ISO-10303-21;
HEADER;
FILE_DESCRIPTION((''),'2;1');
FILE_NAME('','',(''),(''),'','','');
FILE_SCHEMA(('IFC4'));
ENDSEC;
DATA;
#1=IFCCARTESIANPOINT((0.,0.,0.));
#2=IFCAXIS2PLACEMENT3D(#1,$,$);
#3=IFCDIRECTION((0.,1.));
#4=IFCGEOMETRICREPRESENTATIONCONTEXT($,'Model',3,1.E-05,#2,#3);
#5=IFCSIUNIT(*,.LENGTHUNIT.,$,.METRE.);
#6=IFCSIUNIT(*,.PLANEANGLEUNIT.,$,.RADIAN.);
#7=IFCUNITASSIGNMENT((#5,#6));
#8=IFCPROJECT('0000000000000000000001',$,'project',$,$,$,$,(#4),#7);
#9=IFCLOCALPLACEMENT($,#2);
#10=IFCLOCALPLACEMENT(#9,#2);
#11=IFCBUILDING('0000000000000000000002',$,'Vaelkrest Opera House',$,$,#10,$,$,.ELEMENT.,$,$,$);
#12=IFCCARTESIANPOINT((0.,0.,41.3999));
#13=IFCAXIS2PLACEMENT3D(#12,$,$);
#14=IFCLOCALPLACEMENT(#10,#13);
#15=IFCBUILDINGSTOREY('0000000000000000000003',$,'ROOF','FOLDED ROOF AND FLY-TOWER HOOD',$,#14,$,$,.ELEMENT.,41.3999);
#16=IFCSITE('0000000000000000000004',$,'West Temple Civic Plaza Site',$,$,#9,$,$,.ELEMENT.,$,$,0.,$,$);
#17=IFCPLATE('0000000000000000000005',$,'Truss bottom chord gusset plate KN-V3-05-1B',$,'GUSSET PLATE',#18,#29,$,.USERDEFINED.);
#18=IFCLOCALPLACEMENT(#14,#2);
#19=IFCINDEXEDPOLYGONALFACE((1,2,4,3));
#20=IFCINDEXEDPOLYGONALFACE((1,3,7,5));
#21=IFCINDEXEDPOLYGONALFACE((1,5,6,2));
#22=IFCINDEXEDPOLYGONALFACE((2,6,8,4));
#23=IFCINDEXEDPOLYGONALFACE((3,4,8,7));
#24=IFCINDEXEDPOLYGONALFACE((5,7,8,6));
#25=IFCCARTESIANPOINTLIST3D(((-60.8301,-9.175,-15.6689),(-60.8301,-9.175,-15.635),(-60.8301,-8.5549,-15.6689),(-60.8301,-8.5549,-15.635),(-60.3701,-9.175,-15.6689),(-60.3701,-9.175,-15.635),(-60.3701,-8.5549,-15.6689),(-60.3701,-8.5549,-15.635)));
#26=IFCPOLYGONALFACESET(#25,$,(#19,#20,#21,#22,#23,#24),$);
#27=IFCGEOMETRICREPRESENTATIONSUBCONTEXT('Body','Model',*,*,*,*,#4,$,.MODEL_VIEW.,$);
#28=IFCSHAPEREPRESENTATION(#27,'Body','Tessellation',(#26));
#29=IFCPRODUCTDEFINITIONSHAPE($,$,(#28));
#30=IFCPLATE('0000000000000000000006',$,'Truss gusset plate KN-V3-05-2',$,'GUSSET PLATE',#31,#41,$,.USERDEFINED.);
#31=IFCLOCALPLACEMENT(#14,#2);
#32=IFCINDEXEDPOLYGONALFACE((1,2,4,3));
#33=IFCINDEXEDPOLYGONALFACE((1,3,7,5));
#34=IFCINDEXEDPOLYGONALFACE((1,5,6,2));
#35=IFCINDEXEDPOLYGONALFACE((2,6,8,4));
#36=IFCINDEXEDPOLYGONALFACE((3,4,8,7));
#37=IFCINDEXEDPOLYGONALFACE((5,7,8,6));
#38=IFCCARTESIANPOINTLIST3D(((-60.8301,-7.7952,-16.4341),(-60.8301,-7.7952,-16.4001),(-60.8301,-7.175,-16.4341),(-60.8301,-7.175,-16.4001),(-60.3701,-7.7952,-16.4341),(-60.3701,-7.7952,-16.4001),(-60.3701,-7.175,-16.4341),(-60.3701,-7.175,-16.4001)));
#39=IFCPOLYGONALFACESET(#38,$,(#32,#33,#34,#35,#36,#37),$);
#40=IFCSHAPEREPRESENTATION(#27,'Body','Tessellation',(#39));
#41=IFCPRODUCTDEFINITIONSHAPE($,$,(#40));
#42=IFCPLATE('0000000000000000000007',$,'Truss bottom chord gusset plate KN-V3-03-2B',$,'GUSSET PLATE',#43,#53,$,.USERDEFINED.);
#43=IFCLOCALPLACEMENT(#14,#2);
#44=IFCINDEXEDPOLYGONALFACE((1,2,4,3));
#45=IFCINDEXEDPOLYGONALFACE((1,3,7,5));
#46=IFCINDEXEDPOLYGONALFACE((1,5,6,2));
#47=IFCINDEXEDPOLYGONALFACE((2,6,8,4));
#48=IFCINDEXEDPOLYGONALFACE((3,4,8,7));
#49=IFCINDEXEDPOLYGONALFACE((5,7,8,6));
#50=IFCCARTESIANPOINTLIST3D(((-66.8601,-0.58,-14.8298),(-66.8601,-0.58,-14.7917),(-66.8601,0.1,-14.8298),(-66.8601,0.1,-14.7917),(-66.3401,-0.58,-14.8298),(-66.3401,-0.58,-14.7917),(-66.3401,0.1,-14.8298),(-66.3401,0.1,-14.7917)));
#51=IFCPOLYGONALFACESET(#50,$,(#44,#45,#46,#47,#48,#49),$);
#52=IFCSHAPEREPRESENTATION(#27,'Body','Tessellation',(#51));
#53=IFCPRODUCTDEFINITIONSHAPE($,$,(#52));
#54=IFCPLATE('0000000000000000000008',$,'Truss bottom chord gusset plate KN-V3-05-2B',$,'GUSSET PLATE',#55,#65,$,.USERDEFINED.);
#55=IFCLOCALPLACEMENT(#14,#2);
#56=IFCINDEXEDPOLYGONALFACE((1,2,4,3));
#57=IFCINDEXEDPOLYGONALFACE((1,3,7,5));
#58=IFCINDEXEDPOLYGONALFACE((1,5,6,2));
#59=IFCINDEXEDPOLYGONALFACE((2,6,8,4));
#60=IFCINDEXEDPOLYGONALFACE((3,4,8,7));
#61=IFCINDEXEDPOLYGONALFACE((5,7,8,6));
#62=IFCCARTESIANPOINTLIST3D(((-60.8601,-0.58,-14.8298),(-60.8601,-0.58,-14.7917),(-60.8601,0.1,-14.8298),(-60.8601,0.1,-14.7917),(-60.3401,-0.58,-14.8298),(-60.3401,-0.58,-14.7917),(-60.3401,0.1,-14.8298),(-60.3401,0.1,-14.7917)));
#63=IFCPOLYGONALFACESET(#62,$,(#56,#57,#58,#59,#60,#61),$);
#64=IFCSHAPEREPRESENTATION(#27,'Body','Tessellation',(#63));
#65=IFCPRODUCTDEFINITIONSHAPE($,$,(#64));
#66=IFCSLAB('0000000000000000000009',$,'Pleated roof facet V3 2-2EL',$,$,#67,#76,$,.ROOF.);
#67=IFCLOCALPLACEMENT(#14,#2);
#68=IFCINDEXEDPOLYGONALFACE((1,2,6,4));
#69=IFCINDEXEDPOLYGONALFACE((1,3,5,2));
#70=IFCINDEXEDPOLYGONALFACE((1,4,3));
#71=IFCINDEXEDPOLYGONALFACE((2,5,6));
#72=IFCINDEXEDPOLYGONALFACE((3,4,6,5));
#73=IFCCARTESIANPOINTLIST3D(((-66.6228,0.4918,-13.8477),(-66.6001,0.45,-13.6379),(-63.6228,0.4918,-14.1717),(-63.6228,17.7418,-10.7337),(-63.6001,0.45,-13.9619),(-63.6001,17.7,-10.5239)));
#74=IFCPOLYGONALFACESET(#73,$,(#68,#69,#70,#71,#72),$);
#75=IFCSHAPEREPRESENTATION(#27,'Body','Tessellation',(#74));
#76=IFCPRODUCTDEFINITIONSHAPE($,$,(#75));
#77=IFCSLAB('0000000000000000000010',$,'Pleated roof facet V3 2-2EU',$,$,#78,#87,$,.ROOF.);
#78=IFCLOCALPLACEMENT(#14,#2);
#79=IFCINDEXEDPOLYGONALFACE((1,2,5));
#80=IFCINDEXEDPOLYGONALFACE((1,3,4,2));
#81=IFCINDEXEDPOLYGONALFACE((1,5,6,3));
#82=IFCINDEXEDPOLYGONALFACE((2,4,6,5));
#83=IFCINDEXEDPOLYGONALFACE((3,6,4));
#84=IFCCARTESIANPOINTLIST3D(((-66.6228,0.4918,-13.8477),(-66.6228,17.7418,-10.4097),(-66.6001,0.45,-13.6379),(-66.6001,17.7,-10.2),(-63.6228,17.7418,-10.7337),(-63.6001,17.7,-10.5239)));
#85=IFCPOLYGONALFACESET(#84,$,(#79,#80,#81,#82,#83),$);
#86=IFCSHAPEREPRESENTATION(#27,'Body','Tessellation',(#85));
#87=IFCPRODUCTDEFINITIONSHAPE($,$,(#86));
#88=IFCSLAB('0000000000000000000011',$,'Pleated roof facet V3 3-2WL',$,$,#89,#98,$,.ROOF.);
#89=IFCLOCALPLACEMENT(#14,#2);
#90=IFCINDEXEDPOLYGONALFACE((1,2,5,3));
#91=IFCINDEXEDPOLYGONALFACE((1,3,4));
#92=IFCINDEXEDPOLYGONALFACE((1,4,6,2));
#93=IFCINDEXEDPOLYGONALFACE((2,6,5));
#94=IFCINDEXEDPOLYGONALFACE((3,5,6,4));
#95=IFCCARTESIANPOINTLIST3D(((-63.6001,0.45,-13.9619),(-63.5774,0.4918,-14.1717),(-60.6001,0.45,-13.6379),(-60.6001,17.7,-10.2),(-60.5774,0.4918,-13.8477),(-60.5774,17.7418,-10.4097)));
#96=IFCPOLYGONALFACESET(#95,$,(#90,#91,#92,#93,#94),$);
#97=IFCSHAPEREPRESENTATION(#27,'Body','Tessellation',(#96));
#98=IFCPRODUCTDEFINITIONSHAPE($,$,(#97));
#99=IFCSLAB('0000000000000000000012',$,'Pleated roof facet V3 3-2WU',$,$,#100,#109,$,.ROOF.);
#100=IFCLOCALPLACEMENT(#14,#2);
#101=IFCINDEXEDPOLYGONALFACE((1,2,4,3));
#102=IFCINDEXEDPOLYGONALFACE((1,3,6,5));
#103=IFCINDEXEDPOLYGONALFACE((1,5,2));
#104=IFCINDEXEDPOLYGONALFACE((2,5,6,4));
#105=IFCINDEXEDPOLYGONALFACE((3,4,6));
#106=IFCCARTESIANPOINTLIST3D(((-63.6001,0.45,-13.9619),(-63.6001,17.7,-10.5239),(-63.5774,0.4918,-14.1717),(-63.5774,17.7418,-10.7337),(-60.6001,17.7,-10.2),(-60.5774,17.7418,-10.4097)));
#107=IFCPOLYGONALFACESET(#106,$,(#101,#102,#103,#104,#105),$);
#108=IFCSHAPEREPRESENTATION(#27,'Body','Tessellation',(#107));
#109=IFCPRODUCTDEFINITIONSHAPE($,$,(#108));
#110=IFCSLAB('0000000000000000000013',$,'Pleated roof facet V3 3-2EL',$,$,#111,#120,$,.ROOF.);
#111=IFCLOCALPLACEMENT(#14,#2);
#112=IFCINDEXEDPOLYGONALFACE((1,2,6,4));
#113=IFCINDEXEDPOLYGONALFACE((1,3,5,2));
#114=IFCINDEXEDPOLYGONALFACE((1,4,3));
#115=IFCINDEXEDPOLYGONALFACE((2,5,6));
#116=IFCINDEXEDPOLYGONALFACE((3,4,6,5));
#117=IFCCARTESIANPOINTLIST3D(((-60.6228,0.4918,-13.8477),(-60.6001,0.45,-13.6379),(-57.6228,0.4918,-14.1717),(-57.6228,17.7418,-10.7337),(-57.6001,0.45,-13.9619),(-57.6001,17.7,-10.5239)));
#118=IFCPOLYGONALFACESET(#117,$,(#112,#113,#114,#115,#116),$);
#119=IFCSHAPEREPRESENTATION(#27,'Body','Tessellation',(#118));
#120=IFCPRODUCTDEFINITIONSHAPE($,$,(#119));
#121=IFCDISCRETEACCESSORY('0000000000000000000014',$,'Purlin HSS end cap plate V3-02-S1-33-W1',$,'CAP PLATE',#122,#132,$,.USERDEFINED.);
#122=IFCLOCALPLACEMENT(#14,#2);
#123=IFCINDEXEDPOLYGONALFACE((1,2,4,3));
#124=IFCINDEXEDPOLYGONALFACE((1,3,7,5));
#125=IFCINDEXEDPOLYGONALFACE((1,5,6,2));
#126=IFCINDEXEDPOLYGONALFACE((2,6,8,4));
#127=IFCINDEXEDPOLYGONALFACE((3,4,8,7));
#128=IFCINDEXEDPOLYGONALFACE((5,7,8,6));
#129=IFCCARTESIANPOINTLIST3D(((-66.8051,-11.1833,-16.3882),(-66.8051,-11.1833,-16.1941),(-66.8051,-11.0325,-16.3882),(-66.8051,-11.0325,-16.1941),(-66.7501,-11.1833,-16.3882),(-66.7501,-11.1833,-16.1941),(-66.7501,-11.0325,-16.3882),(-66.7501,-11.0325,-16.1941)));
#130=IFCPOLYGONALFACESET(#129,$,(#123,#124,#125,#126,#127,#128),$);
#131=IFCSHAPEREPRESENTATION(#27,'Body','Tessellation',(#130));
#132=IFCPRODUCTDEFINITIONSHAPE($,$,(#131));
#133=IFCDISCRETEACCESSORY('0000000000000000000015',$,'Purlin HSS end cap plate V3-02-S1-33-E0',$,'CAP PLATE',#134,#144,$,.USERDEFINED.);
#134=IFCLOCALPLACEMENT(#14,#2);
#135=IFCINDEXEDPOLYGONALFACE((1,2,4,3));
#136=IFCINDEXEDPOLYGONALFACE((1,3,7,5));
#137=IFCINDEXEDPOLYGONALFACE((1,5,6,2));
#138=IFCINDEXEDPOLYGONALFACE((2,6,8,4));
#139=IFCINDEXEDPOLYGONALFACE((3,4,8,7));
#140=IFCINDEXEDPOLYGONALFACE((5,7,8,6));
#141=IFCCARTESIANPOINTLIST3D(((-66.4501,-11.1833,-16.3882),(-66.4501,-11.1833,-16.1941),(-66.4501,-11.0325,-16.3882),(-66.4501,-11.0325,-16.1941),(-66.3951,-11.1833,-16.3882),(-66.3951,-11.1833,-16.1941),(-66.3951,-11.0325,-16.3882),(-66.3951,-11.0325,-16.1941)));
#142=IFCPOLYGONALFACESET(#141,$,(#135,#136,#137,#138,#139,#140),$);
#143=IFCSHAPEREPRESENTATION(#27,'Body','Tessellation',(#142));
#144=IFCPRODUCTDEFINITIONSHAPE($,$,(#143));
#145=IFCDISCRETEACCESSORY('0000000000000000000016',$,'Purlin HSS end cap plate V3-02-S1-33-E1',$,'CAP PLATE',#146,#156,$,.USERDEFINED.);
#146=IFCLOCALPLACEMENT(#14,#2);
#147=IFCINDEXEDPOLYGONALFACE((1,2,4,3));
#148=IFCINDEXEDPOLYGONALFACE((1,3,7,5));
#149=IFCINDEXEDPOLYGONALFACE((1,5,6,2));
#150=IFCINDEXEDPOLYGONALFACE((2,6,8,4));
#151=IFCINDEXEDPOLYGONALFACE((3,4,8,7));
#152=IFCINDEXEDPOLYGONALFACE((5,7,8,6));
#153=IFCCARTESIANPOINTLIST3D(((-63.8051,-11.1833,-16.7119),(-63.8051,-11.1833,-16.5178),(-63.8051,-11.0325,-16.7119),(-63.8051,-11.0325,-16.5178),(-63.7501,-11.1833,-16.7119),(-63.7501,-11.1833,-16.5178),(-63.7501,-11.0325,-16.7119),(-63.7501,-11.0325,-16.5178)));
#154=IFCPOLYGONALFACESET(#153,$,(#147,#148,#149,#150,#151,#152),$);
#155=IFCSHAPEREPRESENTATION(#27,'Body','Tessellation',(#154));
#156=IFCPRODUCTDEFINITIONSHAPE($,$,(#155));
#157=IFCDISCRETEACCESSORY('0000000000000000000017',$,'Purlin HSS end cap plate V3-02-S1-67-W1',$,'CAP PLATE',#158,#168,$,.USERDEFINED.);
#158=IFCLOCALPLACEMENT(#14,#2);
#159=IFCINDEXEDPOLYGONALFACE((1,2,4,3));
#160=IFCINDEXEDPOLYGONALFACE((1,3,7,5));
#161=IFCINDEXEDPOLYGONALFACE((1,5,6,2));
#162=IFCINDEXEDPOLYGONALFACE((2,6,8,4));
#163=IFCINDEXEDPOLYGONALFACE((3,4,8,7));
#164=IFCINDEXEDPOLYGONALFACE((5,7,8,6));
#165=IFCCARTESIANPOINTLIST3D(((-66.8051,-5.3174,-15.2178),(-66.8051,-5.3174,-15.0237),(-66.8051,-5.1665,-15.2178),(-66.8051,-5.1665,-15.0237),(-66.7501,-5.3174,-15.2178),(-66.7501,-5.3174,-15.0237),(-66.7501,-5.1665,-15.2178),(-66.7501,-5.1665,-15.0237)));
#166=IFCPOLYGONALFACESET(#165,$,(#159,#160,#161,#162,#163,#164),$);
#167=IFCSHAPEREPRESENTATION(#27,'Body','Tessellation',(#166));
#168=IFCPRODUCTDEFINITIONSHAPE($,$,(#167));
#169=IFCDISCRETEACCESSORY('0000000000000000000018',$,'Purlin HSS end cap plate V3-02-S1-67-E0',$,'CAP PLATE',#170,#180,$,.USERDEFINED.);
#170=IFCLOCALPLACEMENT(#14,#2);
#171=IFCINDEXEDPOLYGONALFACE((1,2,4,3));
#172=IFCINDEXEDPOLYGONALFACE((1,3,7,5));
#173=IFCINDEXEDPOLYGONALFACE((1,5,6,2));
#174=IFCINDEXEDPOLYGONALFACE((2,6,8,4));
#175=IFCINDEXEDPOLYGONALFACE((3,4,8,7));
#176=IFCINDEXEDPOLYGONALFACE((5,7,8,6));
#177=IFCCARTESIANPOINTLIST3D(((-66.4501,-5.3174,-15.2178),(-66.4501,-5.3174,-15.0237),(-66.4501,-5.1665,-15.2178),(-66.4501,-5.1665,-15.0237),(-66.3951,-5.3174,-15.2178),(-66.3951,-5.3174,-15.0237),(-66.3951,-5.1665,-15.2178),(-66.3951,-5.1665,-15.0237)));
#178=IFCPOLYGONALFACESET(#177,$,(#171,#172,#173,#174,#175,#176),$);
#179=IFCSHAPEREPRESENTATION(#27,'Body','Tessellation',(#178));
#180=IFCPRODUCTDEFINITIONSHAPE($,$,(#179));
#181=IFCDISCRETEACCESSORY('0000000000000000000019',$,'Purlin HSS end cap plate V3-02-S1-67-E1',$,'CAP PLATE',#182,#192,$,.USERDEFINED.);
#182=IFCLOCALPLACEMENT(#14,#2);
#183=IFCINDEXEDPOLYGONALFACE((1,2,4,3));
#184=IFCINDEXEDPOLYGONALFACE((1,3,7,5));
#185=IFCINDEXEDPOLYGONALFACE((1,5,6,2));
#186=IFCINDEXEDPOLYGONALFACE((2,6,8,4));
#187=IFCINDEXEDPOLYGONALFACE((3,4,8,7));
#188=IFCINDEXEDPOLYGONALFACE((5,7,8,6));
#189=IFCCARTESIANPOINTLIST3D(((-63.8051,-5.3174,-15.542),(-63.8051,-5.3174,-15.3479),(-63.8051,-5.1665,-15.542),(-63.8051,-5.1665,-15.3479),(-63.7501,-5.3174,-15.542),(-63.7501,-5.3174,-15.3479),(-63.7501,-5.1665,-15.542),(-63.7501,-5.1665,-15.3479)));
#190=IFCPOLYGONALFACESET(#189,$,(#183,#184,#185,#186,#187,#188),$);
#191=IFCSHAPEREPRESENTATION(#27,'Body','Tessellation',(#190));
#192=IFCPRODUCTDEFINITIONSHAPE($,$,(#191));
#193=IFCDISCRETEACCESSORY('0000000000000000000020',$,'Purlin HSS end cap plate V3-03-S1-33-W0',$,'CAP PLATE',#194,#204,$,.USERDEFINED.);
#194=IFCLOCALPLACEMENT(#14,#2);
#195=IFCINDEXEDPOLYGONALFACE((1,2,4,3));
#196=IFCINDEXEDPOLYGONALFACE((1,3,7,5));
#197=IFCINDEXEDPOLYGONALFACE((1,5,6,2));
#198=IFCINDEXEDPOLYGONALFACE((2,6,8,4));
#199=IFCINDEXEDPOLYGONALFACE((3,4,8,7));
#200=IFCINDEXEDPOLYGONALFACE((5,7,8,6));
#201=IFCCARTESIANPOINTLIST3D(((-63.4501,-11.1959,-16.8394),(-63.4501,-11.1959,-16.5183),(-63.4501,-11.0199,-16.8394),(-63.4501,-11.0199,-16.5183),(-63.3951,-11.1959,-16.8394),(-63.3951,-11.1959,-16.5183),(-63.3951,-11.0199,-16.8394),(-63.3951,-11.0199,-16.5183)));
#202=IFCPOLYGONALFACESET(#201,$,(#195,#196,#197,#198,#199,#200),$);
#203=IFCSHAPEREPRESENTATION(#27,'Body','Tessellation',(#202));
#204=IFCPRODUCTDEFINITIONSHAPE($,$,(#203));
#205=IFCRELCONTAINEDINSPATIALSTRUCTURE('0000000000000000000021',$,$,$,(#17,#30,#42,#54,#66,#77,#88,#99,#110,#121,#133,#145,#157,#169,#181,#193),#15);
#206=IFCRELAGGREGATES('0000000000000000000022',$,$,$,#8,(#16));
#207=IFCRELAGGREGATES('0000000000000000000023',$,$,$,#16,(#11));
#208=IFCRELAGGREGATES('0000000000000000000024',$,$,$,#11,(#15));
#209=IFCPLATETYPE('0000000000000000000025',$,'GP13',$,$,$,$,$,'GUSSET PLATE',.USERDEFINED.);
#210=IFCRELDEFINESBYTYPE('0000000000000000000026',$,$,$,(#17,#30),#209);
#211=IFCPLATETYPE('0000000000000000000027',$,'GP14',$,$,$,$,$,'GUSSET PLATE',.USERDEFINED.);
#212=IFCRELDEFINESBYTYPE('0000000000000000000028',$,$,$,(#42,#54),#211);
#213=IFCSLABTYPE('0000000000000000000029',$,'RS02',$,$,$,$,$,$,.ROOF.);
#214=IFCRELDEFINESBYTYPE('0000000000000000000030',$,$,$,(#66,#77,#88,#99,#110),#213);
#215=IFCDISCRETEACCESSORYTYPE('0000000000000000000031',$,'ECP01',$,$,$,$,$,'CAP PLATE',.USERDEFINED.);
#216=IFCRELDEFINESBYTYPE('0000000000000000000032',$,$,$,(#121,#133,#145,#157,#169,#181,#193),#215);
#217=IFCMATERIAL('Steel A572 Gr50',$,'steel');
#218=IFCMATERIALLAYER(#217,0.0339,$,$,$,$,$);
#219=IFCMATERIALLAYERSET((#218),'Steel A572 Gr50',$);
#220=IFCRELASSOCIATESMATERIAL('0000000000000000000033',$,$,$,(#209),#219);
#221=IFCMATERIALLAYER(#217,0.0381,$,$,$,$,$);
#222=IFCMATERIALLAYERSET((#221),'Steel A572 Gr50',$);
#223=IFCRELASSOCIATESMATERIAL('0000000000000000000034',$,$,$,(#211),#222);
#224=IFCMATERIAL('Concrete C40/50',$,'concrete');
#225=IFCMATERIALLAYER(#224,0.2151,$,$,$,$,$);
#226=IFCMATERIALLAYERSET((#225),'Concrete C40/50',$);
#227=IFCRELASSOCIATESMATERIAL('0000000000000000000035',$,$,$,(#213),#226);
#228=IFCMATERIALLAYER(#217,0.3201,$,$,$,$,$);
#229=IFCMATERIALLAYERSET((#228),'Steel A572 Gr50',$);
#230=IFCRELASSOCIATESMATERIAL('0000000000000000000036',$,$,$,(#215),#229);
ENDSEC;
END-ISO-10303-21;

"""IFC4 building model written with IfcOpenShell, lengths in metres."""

from ifc_helpers import new_model, si_unit, direction, frame, origin, origin_2d, place, context, subcontext, project, spatial, polyline, rectangle, outline, extrude, material, layer, layer_set, type_object, element, save


model = new_model("IFC4")

# Units and contexts
model_context = context("Model", 3, precision=1e-05, world=origin(), true_north=direction((0.0, 1.0)))
body_context = subcontext(model_context, "Body", "Model", "MODEL_VIEW")
ifc_project = project(units=[si_unit("LENGTHUNIT", "METRE"), si_unit("PLANEANGLEUNIT", "RADIAN")], contexts=[model_context])

# Site, building, storey
site_placement = place(None, origin())
site = spatial("IfcSite", under=ifc_project, at=site_placement, Name="West Temple Civic Plaza Site", CompositionType="ELEMENT", RefElevation=0.0)
building_placement = place(site_placement, origin())
building = spatial("IfcBuilding", under=site, at=building_placement, Name="Vaelkrest Opera House", CompositionType="ELEMENT")
storey_placement = place(building_placement, frame((0.0, 0.0, 41.3999)))
storey = spatial("IfcBuildingStorey", under=building, at=storey_placement, Name="ROOF", Description="FOLDED ROOF AND FLY-TOWER HOOD", CompositionType="ELEMENT", Elevation=41.3999)

# Plates
ifc_material_1 = material(Name="Steel A572 Gr50", Category="steel")
ifc_layer_1 = layer(ifc_material_1, 0.0339)
ifc_layer_set_1 = layer_set([ifc_layer_1], Name="Steel A572 Gr50")
plate_type_1 = type_object("IfcPlateType", Name="GP13", ElementType="GUSSET PLATE", PredefinedType="USERDEFINED", material=ifc_layer_set_1)
for number, where, z_axis, x_axis, name in (
    (1, (-60.6001, -8.865, -15.6689), (0.0, 0.0, 1.0), (0.0, 1.0, 0.0), "Truss bottom chord gusset plate KN-V3-05-1B"),
    (2, (-60.6001, -7.4851, -16.4341), (0.0, 0.0, 1.0), (0.0, 1.0, 0.0), "Truss gusset plate KN-V3-05-2"),
):
    element("IfcPlate", number, at=place(storey_placement, frame(where, z_axis=z_axis, x_axis=x_axis)), inside=storey, type_object=plate_type_1, Name=name, ObjectType="GUSSET PLATE", PredefinedType="USERDEFINED", context=body_context, shape_type="SweptSolid", body=[
        extrude(rectangle(XDim=0.6201, YDim=0.46, at=origin_2d()), origin(), (0.0, 0.0, 1.0), 0.0339),
    ])
ifc_layer_2 = layer(ifc_material_1, 0.0381)
ifc_layer_set_2 = layer_set([ifc_layer_2], Name="Steel A572 Gr50")
plate_type_2 = type_object("IfcPlateType", Name="GP14", ElementType="GUSSET PLATE", PredefinedType="USERDEFINED", material=ifc_layer_set_2)
for number, where, z_axis, x_axis, name in (
    (3, (-66.6001, -0.24, -14.8298), (0.0, 0.0, 1.0), (0.0, 1.0, 0.0), "Truss bottom chord gusset plate KN-V3-03-2B"),
    (4, (-60.6001, -0.24, -14.8298), (0.0, 0.0, 1.0), (0.0, 1.0, 0.0), "Truss bottom chord gusset plate KN-V3-05-2B"),
):
    element("IfcPlate", number, at=place(storey_placement, frame(where, z_axis=z_axis, x_axis=x_axis)), inside=storey, type_object=plate_type_2, Name=name, ObjectType="GUSSET PLATE", PredefinedType="USERDEFINED", context=body_context, shape_type="SweptSolid", body=[
        extrude(rectangle(XDim=0.6799, YDim=0.52, at=origin_2d()), origin(), (0.0, 0.0, 1.0), 0.0381),
    ])

# Slabs
ifc_material_2 = material(Name="Concrete C40/50", Category="concrete")
ifc_layer_3 = layer(ifc_material_2, 0.2151)
ifc_layer_set_3 = layer_set([ifc_layer_3], Name="Concrete C40/50")
slab_type = type_object("IfcSlabType", Name="RS02", PredefinedType="ROOF", material=ifc_layer_set_3)
slab_1_placement = place(storey_placement, frame((-66.6001, 0.45, -13.6379), z_axis=(0.10532, -0.194372, 0.975257), x_axis=(0.994219, 0.0, -0.107367)))
element("IfcSlab", 5, at=slab_1_placement, inside=storey, type_object=slab_type, Name="Pleated roof facet V3 2-2EL", PredefinedType="ROOF", context=body_context, shape_type="SweptSolid", body=[
    extrude(outline(polyline([(0.0, 0.0), (3.0174, 0.0), (2.6483, 17.5854), (0.0, 0.0)])), origin(), (0.0, 0.0, -1.0), 0.2151),
])
slab_2_placement = place(storey_placement, frame((-66.6001, 0.45, -13.6379), z_axis=(0.10532, -0.194372, 0.975257), x_axis=(0.168694, 0.96999, 0.175105)))
element("IfcSlab", 6, at=slab_2_placement, inside=storey, type_object=slab_type, Name="Pleated roof facet V3 2-2EU", PredefinedType="ROOF", context=body_context, shape_type="SweptSolid", body=[
    extrude(outline(polyline([(0.0, 0.0), (17.7837, 0.0), (17.3343, 2.9838), (0.0, 0.0)])), origin(), (0.0, 0.0, -1.0), 0.2151),
])
slab_3_placement = place(storey_placement, frame((-63.6001, 0.45, -13.9619), z_axis=(-0.10532, -0.194372, 0.975257), x_axis=(0.994219, 0.0, 0.107367)))
element("IfcSlab", 7, at=slab_3_placement, inside=storey, type_object=slab_type, Name="Pleated roof facet V3 3-2WL", PredefinedType="ROOF", context=body_context, shape_type="SweptSolid", body=[
    extrude(outline(polyline([(0.0, 0.0), (3.0174, 0.0), (3.3866, 17.5854), (0.0, 0.0)])), origin(), (0.0, 0.0, -1.0), 0.2151),
])
slab_4_placement = place(storey_placement, frame((-63.6001, 0.45, -13.9619), z_axis=(-0.10532, -0.194372, 0.975257), x_axis=(0.167518, 0.963229, 0.210066)))
element("IfcSlab", 8, at=slab_4_placement, inside=storey, type_object=slab_type, Name="Pleated roof facet V3 3-2WU", PredefinedType="ROOF", context=body_context, shape_type="SweptSolid", body=[
    extrude(outline(polyline([(0.0, 0.0), (17.9085, 0.0), (17.3379, 2.963), (0.0, 0.0)])), origin(), (0.0, 0.0, -1.0), 0.2151),
])
slab_5_placement = place(storey_placement, frame((-60.6001, 0.45, -13.6379), z_axis=(0.10532, -0.194372, 0.975257), x_axis=(0.994219, 0.0, -0.107367)))
element("IfcSlab", 9, at=slab_5_placement, inside=storey, type_object=slab_type, Name="Pleated roof facet V3 3-2EL", PredefinedType="ROOF", context=body_context, shape_type="SweptSolid", body=[
    extrude(outline(polyline([(0.0, 0.0), (3.0174, 0.0), (2.6483, 17.5854), (0.0, 0.0)])), origin(), (0.0, 0.0, -1.0), 0.2151),
])

# Discrete accessories
ifc_layer_4 = layer(ifc_material_1, 0.3201)
ifc_layer_set_4 = layer_set([ifc_layer_4], Name="Steel A572 Gr50")
discrete_accessory_type = type_object("IfcDiscreteAccessoryType", Name="ECP01", ElementType="CAP PLATE", PredefinedType="USERDEFINED", material=ifc_layer_set_4)
for number, where, z_axis, x_axis, name in (
    (10, (-66.7776, -11.1079, -16.3882), (0.0, 0.0, 1.0), (1.0, 0.0, 0.0), "Purlin HSS end cap plate V3-02-S1-33-W1"),
    (11, (-66.4226, -11.1079, -16.3882), (0.0, 0.0, 1.0), (1.0, 0.0, 0.0), "Purlin HSS end cap plate V3-02-S1-33-E0"),
    (12, (-63.7776, -11.1079, -16.7119), (0.0, 0.0, 1.0), (1.0, 0.0, 0.0), "Purlin HSS end cap plate V3-02-S1-33-E1"),
    (13, (-66.7776, -5.2419, -15.2178), (0.0, 0.0, 1.0), (1.0, 0.0, 0.0), "Purlin HSS end cap plate V3-02-S1-67-W1"),
    (14, (-66.4226, -5.2419, -15.2178), (0.0, 0.0, 1.0), (1.0, 0.0, 0.0), "Purlin HSS end cap plate V3-02-S1-67-E0"),
    (15, (-63.7776, -5.2419, -15.542), (0.0, 0.0, 1.0), (1.0, 0.0, 0.0), "Purlin HSS end cap plate V3-02-S1-67-E1"),
):
    element("IfcDiscreteAccessory", number, at=place(storey_placement, frame(where, z_axis=z_axis, x_axis=x_axis)), inside=storey, type_object=discrete_accessory_type, Name=name, ObjectType="CAP PLATE", PredefinedType="USERDEFINED", context=body_context, shape_type="SweptSolid", body=[
        extrude(rectangle(XDim=0.0549, YDim=0.1509, at=origin_2d()), origin(), (0.0, 0.0, 1.0), 0.1941),
    ])
for number, where, z_axis, x_axis, name in (
    (16, (-63.4226, -11.1079, -16.8394), (0.0, 0.0, 1.0), (1.0, 0.0, 0.0), "Purlin HSS end cap plate V3-03-S1-33-W0"),
):
    element("IfcDiscreteAccessory", number, at=place(storey_placement, frame(where, z_axis=z_axis, x_axis=x_axis)), inside=storey, type_object=discrete_accessory_type, Name=name, ObjectType="CAP PLATE", PredefinedType="USERDEFINED", context=body_context, shape_type="SweptSolid", body=[
        extrude(rectangle(XDim=0.0549, YDim=0.176, at=origin_2d()), origin(), (0.0, 0.0, 1.0), 0.321),
    ])

save(model, "model.ifc")
